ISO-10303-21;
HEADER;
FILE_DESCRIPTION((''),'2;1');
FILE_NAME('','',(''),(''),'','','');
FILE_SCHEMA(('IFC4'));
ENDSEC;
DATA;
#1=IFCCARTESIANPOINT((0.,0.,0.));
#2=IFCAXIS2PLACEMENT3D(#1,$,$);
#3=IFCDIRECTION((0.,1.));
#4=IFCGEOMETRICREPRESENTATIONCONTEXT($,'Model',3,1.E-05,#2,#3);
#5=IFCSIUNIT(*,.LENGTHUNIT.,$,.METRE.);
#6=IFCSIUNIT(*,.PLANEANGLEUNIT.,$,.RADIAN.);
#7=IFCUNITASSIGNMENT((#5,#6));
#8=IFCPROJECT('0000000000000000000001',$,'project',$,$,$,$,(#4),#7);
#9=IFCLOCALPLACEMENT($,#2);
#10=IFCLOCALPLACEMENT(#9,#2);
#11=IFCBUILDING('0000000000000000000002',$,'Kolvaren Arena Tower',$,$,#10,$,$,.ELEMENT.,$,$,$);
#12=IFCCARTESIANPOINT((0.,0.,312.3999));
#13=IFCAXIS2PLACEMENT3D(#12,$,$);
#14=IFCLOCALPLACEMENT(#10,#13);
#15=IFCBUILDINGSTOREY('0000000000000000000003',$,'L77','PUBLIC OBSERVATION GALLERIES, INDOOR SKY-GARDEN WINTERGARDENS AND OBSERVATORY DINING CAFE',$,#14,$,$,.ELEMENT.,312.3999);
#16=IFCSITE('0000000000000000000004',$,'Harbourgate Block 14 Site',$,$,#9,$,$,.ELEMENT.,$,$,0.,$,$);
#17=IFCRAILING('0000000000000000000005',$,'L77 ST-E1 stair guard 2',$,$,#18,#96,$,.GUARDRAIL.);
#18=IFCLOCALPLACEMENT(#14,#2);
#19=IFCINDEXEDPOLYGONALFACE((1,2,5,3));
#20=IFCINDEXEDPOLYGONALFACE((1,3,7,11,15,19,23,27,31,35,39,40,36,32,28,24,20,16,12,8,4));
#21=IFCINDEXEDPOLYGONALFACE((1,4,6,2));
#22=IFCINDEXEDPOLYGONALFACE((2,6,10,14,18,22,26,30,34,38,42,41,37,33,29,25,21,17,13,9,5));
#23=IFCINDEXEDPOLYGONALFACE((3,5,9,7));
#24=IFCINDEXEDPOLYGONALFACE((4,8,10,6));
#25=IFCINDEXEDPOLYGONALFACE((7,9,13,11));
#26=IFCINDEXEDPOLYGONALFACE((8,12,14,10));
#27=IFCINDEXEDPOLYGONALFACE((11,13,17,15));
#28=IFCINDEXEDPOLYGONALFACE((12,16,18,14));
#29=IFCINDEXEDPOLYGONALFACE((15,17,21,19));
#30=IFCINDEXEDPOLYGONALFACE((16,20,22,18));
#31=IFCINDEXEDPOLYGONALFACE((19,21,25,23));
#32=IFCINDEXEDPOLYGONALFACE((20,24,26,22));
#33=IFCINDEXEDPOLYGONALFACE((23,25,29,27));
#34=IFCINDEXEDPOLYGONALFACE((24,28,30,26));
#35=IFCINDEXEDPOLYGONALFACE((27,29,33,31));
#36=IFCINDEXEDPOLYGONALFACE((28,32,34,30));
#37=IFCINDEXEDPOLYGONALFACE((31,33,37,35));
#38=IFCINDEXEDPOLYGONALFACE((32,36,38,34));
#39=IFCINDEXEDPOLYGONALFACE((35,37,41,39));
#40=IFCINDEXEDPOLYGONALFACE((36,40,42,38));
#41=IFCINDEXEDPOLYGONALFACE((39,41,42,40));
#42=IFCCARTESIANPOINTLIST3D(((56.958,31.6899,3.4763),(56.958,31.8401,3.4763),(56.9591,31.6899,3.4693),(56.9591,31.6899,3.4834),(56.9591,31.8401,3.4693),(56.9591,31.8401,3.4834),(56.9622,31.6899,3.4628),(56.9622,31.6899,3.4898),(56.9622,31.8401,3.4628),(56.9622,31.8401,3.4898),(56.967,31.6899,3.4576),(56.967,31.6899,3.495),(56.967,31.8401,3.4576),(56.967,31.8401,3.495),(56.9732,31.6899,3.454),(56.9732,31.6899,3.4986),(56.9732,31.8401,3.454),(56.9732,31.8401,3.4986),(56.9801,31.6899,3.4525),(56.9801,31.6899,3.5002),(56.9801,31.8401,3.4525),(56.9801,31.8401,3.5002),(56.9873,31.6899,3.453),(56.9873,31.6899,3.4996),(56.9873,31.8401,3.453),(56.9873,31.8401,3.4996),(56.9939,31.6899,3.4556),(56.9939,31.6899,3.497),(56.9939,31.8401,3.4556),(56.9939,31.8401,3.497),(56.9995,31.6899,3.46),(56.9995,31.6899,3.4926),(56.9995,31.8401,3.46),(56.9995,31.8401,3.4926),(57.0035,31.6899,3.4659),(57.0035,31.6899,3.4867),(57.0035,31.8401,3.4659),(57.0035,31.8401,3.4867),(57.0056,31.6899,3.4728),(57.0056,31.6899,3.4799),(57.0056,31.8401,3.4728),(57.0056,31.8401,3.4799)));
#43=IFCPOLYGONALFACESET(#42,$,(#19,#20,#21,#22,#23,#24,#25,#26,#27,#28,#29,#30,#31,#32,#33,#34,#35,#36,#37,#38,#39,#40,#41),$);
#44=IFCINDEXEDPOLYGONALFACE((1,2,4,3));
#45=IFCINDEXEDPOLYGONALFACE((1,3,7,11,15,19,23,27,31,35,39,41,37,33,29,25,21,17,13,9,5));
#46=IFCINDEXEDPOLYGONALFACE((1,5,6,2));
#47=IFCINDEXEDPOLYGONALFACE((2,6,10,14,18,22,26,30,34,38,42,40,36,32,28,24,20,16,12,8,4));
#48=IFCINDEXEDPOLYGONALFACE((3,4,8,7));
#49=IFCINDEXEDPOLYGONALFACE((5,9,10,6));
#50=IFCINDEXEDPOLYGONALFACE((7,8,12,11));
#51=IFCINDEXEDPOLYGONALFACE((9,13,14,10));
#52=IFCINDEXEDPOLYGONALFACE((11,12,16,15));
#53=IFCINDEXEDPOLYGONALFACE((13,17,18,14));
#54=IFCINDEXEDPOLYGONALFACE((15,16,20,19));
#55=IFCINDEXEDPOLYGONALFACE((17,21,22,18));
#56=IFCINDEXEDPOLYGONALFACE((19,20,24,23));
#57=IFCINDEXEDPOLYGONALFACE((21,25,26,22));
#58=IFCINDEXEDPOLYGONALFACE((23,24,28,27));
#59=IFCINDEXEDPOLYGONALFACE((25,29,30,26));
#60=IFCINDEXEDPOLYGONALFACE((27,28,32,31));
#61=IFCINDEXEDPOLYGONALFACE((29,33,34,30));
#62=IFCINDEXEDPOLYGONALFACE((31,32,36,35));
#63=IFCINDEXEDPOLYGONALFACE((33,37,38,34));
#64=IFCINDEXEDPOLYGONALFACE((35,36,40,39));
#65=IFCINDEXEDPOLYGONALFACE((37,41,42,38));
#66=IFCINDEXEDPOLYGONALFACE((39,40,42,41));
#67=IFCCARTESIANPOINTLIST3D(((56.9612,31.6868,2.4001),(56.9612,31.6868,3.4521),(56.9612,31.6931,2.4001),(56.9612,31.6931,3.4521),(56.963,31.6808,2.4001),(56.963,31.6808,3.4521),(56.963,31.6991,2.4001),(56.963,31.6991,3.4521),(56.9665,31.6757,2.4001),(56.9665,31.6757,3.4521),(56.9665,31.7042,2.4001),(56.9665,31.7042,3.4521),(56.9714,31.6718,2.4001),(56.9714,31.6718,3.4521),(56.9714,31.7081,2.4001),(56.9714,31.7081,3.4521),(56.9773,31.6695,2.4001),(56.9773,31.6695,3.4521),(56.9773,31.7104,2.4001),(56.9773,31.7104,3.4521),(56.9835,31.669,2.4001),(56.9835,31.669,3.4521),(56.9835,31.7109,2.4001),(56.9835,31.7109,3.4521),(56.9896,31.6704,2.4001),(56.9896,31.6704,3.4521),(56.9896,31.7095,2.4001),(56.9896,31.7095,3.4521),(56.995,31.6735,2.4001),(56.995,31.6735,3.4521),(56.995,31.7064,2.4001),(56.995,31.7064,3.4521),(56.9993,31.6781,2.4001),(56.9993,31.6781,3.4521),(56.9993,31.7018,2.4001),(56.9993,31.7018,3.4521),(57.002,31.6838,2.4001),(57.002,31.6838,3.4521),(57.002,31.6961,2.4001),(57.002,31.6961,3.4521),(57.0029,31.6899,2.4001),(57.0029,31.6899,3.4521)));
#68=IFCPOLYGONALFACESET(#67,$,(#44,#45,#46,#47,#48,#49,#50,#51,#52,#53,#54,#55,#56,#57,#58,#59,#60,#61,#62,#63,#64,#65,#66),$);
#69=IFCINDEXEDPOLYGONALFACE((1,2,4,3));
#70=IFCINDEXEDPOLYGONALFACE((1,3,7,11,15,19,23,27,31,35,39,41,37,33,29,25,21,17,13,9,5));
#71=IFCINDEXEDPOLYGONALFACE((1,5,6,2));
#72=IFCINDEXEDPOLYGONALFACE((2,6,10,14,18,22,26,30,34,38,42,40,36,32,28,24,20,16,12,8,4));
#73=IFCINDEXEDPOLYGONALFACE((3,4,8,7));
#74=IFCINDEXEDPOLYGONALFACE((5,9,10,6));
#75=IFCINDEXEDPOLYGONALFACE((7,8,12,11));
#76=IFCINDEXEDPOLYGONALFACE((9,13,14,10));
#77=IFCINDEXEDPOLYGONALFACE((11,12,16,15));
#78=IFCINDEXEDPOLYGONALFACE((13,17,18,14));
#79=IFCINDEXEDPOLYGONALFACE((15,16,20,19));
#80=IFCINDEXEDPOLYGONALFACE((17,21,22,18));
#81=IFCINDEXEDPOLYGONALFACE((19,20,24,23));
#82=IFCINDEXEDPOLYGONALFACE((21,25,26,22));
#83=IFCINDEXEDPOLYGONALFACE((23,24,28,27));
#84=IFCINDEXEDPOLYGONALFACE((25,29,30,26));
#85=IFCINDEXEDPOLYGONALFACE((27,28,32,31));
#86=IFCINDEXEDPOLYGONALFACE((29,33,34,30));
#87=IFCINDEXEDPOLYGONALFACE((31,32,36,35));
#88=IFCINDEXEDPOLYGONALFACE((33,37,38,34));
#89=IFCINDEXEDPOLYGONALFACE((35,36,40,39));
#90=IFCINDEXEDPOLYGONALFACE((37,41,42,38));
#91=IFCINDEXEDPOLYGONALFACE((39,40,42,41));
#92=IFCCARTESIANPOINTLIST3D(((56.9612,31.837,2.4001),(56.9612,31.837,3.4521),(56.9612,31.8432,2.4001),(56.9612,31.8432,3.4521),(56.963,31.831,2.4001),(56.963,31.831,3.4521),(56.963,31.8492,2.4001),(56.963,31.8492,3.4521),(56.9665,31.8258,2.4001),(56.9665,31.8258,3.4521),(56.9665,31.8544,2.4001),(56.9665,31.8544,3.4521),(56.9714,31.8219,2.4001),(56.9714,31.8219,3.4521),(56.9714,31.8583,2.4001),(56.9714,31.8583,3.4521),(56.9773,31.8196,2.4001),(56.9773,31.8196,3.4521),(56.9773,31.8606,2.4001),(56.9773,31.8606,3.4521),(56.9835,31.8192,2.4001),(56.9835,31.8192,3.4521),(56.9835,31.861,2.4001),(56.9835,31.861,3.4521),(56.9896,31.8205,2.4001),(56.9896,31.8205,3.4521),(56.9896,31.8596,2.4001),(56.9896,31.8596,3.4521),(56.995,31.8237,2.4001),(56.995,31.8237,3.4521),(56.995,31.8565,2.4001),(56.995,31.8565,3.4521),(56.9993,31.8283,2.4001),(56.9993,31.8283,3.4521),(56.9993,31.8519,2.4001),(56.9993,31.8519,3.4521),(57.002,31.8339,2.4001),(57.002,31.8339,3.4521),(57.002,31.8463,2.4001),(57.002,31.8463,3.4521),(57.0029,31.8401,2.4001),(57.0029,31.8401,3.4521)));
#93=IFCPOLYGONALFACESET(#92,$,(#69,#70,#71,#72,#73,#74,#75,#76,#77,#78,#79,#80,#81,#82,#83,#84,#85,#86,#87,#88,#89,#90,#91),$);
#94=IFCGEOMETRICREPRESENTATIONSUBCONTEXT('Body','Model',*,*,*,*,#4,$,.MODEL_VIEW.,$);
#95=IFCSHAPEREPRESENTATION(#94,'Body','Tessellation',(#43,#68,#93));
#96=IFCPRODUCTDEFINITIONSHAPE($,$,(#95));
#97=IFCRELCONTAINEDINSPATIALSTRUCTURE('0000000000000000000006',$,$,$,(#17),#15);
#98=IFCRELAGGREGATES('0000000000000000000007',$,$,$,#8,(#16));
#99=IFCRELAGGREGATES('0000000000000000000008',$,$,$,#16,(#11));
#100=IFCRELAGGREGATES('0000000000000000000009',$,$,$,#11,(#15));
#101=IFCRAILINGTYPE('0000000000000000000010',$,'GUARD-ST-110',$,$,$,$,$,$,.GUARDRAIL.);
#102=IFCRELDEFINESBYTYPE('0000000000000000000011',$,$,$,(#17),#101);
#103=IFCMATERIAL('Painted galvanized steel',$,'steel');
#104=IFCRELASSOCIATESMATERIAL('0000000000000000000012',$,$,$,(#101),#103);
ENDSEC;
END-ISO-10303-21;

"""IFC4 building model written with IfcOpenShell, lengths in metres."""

from ifc_helpers import new_model, si_unit, direction, frame, origin, origin_2d, place, context, subcontext, project, spatial, circle, extrude, material, type_object, element, save


model = new_model("IFC4")

# Units and contexts
model_context = context("Model", 3, precision=1e-05, world=origin(), true_north=direction((0.0, 1.0)))
body_context = subcontext(model_context, "Body", "Model", "MODEL_VIEW")
ifc_project = project(units=[si_unit("LENGTHUNIT", "METRE"), si_unit("PLANEANGLEUNIT", "RADIAN")], contexts=[model_context])

# Site, building, storey
site_placement = place(None, origin())
site = spatial("IfcSite", under=ifc_project, at=site_placement, Name="Harbourgate Block 14 Site", CompositionType="ELEMENT", RefElevation=0.0)
building_placement = place(site_placement, origin())
building = spatial("IfcBuilding", under=site, at=building_placement, Name="Kolvaren Arena Tower", CompositionType="ELEMENT")
storey_placement = place(building_placement, frame((0.0, 0.0, 312.3999)))
storey = spatial("IfcBuildingStorey", under=building, at=storey_placement, Name="L77", Description="PUBLIC OBSERVATION GALLERIES, INDOOR SKY-GARDEN WINTERGARDENS AND OBSERVATORY DINING CAFE", CompositionType="ELEMENT", Elevation=312.3999)

# Railing
ifc_material_1 = material(Name="Painted galvanized steel", Category="steel")
railing_type_1 = type_object("IfcRailingType", Name="GUARD-ST-110", PredefinedType="GUARDRAIL", material=ifc_material_1)
railing_1_placement = place(storey_placement, frame((56.9819, 31.6899, 2.4001)))
element("IfcRailing", 1, at=railing_1_placement, inside=storey, type_object=railing_type_1, Name="L77 ST-E1 stair guard 2", PredefinedType="GUARDRAIL", context=body_context, shape_type="SweptSolid", body=[
    extrude(circle(Radius=0.0239, at=origin_2d()), frame((0.0, 0.0, 1.0762), z_axis=(0.0, 1.0, 0.0), x_axis=(-1.0, 0.0, 0.0)), (0.0, 0.0, 1.0), 0.1501),
    extrude(circle(Radius=0.021, at=origin_2d()), origin(), (0.0, 0.0, 1.0), 1.052),
    extrude(circle(Radius=0.021, at=origin_2d()), frame((0.0, 0.1501, 0.0)), (0.0, 0.0, 1.0), 1.052),
])

save(model, "model.ifc")
